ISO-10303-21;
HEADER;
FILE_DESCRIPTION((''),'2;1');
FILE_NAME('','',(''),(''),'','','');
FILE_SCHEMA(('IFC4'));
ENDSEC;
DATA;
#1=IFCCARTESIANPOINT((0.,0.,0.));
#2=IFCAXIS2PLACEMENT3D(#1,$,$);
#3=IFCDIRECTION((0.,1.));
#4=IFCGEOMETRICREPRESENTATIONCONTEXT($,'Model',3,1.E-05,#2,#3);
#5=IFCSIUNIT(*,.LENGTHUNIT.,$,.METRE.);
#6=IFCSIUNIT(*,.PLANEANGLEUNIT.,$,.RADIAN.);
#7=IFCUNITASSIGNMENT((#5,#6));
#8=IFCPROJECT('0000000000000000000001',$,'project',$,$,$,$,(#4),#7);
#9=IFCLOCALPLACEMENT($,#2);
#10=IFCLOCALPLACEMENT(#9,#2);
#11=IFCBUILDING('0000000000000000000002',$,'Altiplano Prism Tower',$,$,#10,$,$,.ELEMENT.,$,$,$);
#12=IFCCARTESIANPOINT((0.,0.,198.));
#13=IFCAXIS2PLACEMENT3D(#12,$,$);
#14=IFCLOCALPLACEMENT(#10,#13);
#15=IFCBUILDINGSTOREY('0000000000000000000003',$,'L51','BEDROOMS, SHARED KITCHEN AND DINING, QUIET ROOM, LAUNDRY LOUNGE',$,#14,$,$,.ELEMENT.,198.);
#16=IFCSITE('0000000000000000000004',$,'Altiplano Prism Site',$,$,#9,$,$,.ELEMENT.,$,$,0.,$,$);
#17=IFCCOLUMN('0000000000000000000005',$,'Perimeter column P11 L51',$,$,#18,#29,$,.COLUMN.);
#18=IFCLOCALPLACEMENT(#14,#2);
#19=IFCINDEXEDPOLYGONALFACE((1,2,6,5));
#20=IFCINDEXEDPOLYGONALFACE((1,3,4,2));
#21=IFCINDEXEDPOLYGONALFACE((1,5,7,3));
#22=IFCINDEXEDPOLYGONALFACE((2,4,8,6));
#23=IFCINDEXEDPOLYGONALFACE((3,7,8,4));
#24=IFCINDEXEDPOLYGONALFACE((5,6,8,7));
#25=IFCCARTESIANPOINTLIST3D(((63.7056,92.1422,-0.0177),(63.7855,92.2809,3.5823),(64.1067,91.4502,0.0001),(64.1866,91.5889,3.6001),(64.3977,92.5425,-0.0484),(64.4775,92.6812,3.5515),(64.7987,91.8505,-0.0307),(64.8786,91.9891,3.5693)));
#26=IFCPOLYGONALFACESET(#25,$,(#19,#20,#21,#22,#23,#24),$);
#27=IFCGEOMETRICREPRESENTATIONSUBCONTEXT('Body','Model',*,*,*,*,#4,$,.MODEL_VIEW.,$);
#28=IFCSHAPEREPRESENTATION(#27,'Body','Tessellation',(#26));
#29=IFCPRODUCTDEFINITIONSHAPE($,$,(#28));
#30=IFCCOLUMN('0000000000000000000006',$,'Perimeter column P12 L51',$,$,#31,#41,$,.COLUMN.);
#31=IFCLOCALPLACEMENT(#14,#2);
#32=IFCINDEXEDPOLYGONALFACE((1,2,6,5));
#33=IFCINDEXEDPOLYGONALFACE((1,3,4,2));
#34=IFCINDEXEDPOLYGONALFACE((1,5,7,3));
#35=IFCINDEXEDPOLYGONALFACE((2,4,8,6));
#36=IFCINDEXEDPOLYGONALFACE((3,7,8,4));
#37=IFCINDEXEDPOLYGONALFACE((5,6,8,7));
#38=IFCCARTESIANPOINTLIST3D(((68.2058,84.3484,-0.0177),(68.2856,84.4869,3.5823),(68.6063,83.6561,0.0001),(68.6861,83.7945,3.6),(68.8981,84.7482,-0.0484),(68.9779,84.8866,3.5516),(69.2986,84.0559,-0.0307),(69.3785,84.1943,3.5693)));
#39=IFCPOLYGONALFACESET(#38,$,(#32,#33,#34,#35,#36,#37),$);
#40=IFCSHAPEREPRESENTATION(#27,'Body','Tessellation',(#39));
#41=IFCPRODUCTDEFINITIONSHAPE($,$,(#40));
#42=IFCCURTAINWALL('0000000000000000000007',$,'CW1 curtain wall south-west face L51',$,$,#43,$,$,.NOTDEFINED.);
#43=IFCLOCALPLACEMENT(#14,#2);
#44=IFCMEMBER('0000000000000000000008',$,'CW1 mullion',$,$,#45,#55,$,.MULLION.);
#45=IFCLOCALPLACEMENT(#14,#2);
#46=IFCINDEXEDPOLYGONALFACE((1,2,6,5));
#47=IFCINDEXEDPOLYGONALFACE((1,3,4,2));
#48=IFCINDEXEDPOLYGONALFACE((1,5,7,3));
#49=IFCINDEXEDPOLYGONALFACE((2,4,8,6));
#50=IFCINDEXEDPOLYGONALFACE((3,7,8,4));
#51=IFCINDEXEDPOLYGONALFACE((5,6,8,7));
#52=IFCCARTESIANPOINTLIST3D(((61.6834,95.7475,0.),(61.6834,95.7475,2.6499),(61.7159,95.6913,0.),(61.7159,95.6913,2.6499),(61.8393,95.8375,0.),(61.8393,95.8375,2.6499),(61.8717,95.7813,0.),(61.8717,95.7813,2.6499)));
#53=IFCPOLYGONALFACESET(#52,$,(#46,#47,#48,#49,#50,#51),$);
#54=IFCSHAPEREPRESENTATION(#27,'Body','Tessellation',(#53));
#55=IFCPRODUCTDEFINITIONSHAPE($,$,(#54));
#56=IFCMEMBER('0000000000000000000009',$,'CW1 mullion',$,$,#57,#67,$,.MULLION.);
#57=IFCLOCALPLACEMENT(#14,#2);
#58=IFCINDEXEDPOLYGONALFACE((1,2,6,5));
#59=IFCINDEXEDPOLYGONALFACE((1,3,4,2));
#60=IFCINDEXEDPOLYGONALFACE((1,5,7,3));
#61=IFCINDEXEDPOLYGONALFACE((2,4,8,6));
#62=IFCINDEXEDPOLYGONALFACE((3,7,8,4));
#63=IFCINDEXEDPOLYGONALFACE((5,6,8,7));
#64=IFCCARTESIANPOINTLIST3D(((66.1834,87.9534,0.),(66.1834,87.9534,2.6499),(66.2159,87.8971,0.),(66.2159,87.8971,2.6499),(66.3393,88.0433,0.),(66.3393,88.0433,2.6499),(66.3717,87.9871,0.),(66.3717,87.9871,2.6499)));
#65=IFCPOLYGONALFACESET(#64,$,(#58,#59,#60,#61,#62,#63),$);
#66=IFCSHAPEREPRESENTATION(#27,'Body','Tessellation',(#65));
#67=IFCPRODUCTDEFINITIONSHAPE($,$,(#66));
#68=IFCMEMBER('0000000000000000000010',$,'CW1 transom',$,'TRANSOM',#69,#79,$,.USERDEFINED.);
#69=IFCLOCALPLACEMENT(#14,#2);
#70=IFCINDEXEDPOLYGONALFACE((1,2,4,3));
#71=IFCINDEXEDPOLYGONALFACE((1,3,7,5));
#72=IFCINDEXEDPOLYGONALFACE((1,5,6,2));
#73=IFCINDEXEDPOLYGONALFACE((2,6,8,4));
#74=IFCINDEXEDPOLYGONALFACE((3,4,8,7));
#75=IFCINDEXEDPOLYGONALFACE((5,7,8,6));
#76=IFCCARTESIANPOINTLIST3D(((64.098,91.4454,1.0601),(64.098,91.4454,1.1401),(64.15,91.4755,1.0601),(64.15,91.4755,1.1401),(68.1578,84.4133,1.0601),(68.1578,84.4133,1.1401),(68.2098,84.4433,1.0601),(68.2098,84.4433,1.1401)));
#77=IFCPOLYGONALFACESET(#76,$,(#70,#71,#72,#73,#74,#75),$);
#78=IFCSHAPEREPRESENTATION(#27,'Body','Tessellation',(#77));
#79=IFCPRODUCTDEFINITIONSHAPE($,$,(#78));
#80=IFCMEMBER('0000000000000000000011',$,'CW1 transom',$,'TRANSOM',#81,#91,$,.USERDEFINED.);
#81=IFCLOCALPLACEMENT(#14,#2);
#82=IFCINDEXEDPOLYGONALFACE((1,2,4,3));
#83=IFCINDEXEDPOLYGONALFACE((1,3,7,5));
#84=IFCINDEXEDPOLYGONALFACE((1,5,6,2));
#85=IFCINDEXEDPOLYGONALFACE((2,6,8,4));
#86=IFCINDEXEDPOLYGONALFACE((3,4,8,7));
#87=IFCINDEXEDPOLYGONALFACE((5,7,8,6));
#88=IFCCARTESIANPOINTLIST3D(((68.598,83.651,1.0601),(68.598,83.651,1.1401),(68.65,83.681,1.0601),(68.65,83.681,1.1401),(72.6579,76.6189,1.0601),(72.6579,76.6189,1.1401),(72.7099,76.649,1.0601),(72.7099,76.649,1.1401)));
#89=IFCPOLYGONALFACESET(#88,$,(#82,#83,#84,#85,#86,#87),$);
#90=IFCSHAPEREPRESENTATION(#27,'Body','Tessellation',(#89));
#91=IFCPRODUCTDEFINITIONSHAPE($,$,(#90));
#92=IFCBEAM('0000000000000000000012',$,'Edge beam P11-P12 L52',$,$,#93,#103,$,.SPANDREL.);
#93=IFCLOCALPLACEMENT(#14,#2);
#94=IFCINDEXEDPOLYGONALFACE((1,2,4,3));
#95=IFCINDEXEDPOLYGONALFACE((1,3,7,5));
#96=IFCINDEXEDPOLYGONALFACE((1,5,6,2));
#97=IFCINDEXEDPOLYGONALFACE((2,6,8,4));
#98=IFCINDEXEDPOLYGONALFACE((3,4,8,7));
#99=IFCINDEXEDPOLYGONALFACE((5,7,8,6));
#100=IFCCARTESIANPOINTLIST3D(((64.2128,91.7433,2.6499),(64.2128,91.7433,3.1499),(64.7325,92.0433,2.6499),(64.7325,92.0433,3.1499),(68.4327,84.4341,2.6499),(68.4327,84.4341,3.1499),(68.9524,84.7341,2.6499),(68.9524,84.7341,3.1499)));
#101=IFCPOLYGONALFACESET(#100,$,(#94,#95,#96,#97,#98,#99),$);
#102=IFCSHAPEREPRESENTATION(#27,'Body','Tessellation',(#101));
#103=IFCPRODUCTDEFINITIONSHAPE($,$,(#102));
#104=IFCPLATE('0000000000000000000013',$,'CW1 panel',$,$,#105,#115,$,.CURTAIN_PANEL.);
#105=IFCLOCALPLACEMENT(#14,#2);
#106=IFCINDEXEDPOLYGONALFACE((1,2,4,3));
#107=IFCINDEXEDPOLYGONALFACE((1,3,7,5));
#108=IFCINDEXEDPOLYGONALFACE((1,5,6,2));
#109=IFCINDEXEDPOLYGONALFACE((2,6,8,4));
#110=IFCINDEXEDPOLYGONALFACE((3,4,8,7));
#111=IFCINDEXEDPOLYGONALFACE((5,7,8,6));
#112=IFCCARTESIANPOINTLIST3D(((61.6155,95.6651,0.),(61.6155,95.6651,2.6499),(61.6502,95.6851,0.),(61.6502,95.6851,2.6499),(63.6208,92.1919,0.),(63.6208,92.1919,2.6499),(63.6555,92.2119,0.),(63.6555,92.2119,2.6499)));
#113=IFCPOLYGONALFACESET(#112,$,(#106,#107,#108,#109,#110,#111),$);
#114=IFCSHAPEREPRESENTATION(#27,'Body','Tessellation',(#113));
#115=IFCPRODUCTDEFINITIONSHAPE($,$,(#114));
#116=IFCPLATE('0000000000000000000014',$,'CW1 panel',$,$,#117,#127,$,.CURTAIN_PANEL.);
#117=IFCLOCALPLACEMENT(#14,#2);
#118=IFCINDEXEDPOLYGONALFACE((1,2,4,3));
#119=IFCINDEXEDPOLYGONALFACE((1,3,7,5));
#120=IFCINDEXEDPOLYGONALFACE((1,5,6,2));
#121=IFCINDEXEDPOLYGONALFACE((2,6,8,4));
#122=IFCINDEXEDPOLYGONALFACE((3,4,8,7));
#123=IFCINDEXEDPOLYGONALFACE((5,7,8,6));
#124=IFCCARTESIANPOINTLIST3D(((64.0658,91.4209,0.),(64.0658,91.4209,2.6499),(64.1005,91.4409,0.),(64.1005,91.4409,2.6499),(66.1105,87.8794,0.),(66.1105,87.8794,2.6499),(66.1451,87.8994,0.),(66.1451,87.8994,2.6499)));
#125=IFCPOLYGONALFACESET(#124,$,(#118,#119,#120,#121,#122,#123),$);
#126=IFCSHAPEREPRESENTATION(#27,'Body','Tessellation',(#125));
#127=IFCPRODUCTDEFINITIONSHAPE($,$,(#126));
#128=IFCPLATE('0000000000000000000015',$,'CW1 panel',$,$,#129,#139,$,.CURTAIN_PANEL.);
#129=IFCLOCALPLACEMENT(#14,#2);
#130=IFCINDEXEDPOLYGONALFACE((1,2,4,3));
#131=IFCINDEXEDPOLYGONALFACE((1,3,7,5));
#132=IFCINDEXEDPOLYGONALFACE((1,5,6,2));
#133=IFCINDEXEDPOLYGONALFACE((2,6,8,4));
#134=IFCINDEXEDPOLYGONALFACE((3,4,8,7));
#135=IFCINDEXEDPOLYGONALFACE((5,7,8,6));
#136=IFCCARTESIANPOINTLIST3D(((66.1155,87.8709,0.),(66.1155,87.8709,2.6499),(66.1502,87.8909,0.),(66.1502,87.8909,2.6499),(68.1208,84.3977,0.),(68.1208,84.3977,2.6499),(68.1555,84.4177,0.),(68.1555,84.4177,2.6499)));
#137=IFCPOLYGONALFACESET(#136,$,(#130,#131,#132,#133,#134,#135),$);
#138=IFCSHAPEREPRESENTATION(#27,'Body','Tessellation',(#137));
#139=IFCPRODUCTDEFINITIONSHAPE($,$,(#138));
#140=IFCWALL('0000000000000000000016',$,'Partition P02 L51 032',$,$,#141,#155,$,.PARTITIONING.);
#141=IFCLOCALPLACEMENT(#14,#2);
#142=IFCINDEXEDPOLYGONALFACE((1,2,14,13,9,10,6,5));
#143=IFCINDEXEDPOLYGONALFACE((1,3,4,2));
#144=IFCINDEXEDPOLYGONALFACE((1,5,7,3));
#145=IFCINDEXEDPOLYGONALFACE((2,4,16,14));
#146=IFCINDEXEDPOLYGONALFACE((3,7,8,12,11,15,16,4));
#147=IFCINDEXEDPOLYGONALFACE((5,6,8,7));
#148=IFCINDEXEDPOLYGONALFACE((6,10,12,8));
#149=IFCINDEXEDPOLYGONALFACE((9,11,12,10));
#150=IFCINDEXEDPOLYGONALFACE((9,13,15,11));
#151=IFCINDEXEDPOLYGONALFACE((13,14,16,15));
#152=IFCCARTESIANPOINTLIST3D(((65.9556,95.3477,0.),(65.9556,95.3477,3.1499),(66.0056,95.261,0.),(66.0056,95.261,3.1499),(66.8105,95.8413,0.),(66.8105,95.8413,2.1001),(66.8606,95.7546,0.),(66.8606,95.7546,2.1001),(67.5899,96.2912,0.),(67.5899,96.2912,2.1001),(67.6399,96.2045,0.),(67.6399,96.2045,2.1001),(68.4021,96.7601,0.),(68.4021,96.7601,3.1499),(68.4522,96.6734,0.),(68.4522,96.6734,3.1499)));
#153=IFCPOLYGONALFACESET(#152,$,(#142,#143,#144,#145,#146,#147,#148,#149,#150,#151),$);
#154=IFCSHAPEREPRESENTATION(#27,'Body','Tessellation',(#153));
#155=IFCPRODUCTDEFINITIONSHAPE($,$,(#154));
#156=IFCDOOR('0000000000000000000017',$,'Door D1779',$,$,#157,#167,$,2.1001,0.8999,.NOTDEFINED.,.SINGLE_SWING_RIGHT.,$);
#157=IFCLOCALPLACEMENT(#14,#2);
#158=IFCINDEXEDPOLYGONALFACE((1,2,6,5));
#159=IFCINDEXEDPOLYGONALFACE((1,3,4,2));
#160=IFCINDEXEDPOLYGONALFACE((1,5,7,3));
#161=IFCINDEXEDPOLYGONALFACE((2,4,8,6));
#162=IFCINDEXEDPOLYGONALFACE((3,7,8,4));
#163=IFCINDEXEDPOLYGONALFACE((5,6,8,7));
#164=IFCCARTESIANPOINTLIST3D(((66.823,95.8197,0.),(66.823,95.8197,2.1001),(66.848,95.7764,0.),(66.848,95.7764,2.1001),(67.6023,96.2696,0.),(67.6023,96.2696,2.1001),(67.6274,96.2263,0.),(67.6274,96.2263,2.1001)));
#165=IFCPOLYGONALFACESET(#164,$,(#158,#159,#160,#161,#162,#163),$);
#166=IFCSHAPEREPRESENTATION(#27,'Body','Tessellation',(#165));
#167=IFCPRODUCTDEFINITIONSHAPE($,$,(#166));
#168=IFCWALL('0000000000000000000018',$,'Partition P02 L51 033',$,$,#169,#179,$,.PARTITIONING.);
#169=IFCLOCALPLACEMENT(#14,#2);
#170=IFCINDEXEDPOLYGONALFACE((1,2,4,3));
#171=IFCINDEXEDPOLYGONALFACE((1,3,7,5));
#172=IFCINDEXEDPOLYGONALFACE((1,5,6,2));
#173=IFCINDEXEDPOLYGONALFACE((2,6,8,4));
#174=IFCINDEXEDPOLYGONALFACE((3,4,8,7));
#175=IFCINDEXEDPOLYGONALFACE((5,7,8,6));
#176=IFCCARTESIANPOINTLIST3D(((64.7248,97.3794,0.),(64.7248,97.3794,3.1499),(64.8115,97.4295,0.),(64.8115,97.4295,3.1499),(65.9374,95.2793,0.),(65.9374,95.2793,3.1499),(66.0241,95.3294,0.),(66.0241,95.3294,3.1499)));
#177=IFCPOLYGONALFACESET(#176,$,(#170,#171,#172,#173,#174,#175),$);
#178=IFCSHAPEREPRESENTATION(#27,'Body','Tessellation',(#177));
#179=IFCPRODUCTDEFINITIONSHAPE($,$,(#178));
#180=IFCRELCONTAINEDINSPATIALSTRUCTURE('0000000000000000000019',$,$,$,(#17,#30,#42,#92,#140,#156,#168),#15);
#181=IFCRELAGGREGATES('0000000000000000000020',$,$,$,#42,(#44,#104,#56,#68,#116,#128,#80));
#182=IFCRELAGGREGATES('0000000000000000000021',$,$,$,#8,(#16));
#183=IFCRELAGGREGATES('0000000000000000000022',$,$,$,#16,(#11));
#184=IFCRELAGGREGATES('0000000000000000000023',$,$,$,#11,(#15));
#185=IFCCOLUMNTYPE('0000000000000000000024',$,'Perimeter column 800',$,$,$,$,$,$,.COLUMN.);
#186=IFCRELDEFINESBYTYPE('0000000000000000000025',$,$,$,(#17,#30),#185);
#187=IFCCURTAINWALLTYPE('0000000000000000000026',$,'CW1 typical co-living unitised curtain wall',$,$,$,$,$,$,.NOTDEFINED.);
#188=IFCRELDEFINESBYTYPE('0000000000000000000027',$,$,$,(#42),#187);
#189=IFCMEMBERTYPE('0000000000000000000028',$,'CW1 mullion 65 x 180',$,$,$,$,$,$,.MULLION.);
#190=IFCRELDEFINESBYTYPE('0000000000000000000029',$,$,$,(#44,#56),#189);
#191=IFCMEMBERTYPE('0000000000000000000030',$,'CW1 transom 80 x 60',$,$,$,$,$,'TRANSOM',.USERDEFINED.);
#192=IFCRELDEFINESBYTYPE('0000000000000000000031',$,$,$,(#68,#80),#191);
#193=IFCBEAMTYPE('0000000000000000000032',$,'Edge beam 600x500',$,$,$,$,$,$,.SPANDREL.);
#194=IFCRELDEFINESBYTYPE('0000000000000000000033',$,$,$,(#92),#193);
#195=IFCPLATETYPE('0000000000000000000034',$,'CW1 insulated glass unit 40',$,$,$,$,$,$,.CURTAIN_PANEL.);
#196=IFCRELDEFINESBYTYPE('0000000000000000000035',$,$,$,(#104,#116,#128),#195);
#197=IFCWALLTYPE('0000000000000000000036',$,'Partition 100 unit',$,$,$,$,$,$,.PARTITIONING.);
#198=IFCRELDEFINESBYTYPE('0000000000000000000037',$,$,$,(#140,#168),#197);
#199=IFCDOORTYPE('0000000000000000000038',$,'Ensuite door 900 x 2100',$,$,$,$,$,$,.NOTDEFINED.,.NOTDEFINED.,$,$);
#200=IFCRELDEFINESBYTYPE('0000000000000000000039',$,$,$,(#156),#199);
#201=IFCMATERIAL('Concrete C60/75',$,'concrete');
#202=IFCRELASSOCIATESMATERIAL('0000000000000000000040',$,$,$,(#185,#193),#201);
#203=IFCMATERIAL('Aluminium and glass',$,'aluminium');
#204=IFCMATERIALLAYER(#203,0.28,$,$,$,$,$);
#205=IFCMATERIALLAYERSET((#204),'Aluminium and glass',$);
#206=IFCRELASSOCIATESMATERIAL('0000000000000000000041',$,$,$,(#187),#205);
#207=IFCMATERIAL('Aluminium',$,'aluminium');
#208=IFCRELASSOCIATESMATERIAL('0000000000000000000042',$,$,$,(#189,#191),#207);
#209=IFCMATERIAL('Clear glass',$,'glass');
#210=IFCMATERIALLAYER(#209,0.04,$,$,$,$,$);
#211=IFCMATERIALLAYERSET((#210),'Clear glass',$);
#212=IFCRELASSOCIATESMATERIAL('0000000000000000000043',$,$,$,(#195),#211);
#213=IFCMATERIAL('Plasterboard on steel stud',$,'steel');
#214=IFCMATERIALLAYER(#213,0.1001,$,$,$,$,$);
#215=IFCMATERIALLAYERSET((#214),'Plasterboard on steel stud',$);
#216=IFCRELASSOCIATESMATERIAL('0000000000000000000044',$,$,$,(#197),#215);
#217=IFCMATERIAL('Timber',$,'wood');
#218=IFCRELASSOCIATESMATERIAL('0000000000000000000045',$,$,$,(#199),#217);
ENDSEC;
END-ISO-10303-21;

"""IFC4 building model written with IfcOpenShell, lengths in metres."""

from ifc_helpers import new_model, si_unit, direction, frame, frame_2d, origin, origin_2d, place, context, subcontext, project, spatial, rectangle, extrude, material, layer, layer_set, material_profile, profile_set, type_object, element, fill, aggregate, save


model = new_model("IFC4")

# Units and contexts
model_context = context("Model", 3, precision=1e-05, world=origin(), true_north=direction((0.0, 1.0)))
body_context = subcontext(model_context, "Body", "Model", "MODEL_VIEW")
ifc_project = project(units=[si_unit("LENGTHUNIT", "METRE"), si_unit("PLANEANGLEUNIT", "RADIAN")], contexts=[model_context])

# Site, building, storey
site_placement = place(None, origin())
site = spatial("IfcSite", under=ifc_project, at=site_placement, Name="Altiplano Prism Site", CompositionType="ELEMENT", RefElevation=0.0)
building_placement = place(site_placement, origin())
building = spatial("IfcBuilding", under=site, at=building_placement, Name="Altiplano Prism Tower", CompositionType="ELEMENT")
storey_placement = place(building_placement, frame((0.0, 0.0, 198.0)))
storey = spatial("IfcBuildingStorey", under=building, at=storey_placement, Name="L51", Description="BEDROOMS, SHARED KITCHEN AND DINING, QUIET ROOM, LAUNDRY LOUNGE", CompositionType="ELEMENT", Elevation=198.0)

# Columns
ifc_material_1 = material(Name="Concrete C60/75", Category="concrete")
ifc_material_profile_1 = material_profile(ifc_material_1, rectangle(XDim=0.8, YDim=0.8, at=origin_2d()), Name="Perimeter column 800")
ifc_profile_set_1 = profile_set([ifc_material_profile_1], Name="Concrete C60/75")
column_type = type_object("IfcColumnType", Name="Perimeter column 800", PredefinedType="COLUMN", material=ifc_profile_set_1)
for number, where, z_axis, x_axis, name in (
    (1, (64.2522, 91.9963, -0.0242), (0.022155, 0.038484, 0.999014), (-0.864982, -0.500327, 0.038456), "Perimeter column P11 L51"),
    (2, (68.7522, 84.2021, -0.0242), (0.022155, 0.038416, 0.999016), (-0.865365, -0.499669, 0.038405), "Perimeter column P12 L51"),
):
    element("IfcColumn", number, at=place(storey_placement, frame(where, z_axis=z_axis, x_axis=x_axis)), inside=storey, type_object=column_type, Name=name, PredefinedType="COLUMN", context=body_context, shape_type="SweptSolid", body=[
        extrude(rectangle(XDim=0.8, YDim=0.8, at=origin_2d()), origin(), (0.0, 0.0, 1.0), 3.6035),
    ])

# Curtain wall, members
ifc_material_2 = material(Name="Aluminium and glass", Category="aluminium")
ifc_layer_1 = layer(ifc_material_2, 0.28)
ifc_layer_set_1 = layer_set([ifc_layer_1], Name="Aluminium and glass")
curtain_wall_type = type_object("IfcCurtainWallType", Name="CW1 typical co-living unitised curtain wall", PredefinedType="NOTDEFINED", material=ifc_layer_set_1)
curtain_wall_placement = place(storey_placement, origin())
curtain_wall = element("IfcCurtainWall", 3, at=curtain_wall_placement, inside=storey, type_object=curtain_wall_type, Name="CW1 curtain wall south-west face L51", PredefinedType="NOTDEFINED")
ifc_material_3 = material(Name="Aluminium", Category="aluminium")
ifc_material_profile_2 = material_profile(ifc_material_3, rectangle(XDim=0.1799, YDim=0.0649, at=origin_2d()), Name="CW1 mullion 65 x 180")
ifc_profile_set_2 = profile_set([ifc_material_profile_2], Name="Aluminium")
member_type_1 = type_object("IfcMemberType", Name="CW1 mullion 65 x 180", PredefinedType="MULLION", material=ifc_profile_set_2)
member_1_placement = place(storey_placement, frame((61.7776, 95.7644, 0.0), z_axis=(0.0, 0.0, 1.0), x_axis=(0.866025, 0.5, 0.0)))
member_1 = element("IfcMember", 4, at=member_1_placement, type_object=member_type_1, Name="CW1 mullion", PredefinedType="MULLION", context=body_context, shape_type="SweptSolid", body=[
    extrude(rectangle(XDim=0.1799, YDim=0.0649, at=origin_2d()), origin(), (0.0, 0.0, 1.0), 2.6499),
])
member_2_placement = place(storey_placement, frame((66.2776, 87.9702, 0.0), z_axis=(0.0, 0.0, 1.0), x_axis=(0.866025, 0.5, 0.0)))
member_2 = element("IfcMember", 5, at=member_2_placement, type_object=member_type_1, Name="CW1 mullion", PredefinedType="MULLION", context=body_context, shape_type="SweptSolid", body=[
    extrude(rectangle(XDim=0.1799, YDim=0.0649, at=origin_2d()), origin(), (0.0, 0.0, 1.0), 2.6499),
])
ifc_material_profile_3 = material_profile(ifc_material_3, rectangle(XDim=0.0601, YDim=0.0801, at=origin_2d()), Name="CW1 transom 80 x 60")
ifc_profile_set_3 = profile_set([ifc_material_profile_3], Name="Aluminium")
member_type_2 = type_object("IfcMemberType", Name="CW1 transom 80 x 60", ElementType="TRANSOM", PredefinedType="USERDEFINED", material=ifc_profile_set_3)
member_3_placement = place(storey_placement, frame((64.124, 91.4604, 1.1001), z_axis=(0.499978, -0.866038, 0.0), x_axis=(0.866038, 0.499978, 0.0)))
member_3 = element("IfcMember", 6, at=member_3_placement, type_object=member_type_2, Name="CW1 transom", ObjectType="TRANSOM", PredefinedType="USERDEFINED", context=body_context, shape_type="SweptSolid", body=[
    extrude(rectangle(XDim=0.0601, YDim=0.0801, at=origin_2d()), origin(), (0.0, 0.0, 1.0), 8.1199),
])
member_4_placement = place(storey_placement, frame((68.624, 83.666, 1.1001), z_axis=(0.499991, -0.866031, 0.0), x_axis=(0.866031, 0.499991, 0.0)))
member_4 = element("IfcMember", 7, at=member_4_placement, type_object=member_type_2, Name="CW1 transom", ObjectType="TRANSOM", PredefinedType="USERDEFINED", context=body_context, shape_type="SweptSolid", body=[
    extrude(rectangle(XDim=0.0601, YDim=0.0801, at=origin_2d()), origin(), (0.0, 0.0, 1.0), 8.1199),
])

# Beam
ifc_material_profile_4 = material_profile(ifc_material_1, rectangle(XDim=0.6001, YDim=0.5, at=origin_2d()), Name="Edge beam 600x500")
ifc_profile_set_4 = profile_set([ifc_material_profile_4], Name="Concrete C60/75")
beam_type = type_object("IfcBeamType", Name="Edge beam 600x500", PredefinedType="SPANDREL", material=ifc_profile_set_4)
beam_placement = place(storey_placement, frame((64.4727, 91.8933, 2.8999), z_axis=(0.499994, -0.866029, 0.0), x_axis=(0.866029, 0.499994, 0.0)))
element("IfcBeam", 8, at=beam_placement, inside=storey, type_object=beam_type, Name="Edge beam P11-P12 L52", PredefinedType="SPANDREL", context=body_context, shape_type="SweptSolid", body=[
    extrude(rectangle(XDim=0.6001, YDim=0.5, at=origin_2d()), origin(), (0.0, 0.0, 1.0), 8.4399),
])

# Plates
ifc_material_4 = material(Name="Clear glass", Category="glass")
ifc_layer_2 = layer(ifc_material_4, 0.04)
ifc_layer_set_2 = layer_set([ifc_layer_2], Name="Clear glass")
plate_type = type_object("IfcPlateType", Name="CW1 insulated glass unit 40", PredefinedType="CURTAIN_PANEL", material=ifc_layer_set_2)
plate_1_placement = place(storey_placement, frame((62.6355, 93.9385, 0.0), z_axis=(0.0, 0.0, 1.0), x_axis=(0.5, -0.866025, 0.0)))
plate_1 = element("IfcPlate", 9, at=plate_1_placement, type_object=plate_type, Name="CW1 panel", PredefinedType="CURTAIN_PANEL", context=body_context, shape_type="SweptSolid", body=[
    extrude(rectangle(XDim=4.0105, YDim=0.04, at=origin_2d()), origin(), (0.0, 0.0, 1.0), 2.6499),
])
plate_2_placement = place(storey_placement, frame((65.1055, 89.6602, 0.0), z_axis=(0.0, 0.0, 1.0), x_axis=(0.5, -0.866025, 0.0)))
plate_2 = element("IfcPlate", 10, at=plate_2_placement, type_object=plate_type, Name="CW1 panel", PredefinedType="CURTAIN_PANEL", context=body_context, shape_type="SweptSolid", body=[
    extrude(rectangle(XDim=4.0894, YDim=0.04, at=origin_2d()), origin(), (0.0, 0.0, 1.0), 2.6499),
])
plate_3_placement = place(storey_placement, frame((67.1355, 86.1443, 0.0), z_axis=(0.0, 0.0, 1.0), x_axis=(0.5, -0.866025, 0.0)))
plate_3 = element("IfcPlate", 11, at=plate_3_placement, type_object=plate_type, Name="CW1 panel", PredefinedType="CURTAIN_PANEL", context=body_context, shape_type="SweptSolid", body=[
    extrude(rectangle(XDim=4.0105, YDim=0.04, at=origin_2d()), origin(), (0.0, 0.0, 1.0), 2.6499),
])
aggregate(curtain_wall, [member_1, plate_1, member_2, member_3, plate_2, plate_3, member_4])

# Wall, opening, door
ifc_material_5 = material(Name="Plasterboard on steel stud", Category="steel")
ifc_layer_3 = layer(ifc_material_5, 0.1001)
ifc_layer_set_3 = layer_set([ifc_layer_3], Name="Plasterboard on steel stud")
wall_type_1 = type_object("IfcWallType", Name="Partition 100 unit", PredefinedType="PARTITIONING", material=ifc_layer_set_3)
wall_1_placement = place(storey_placement, frame((68.4272, 96.7168, 0.0), z_axis=(0.0, 0.0, 1.0), x_axis=(-0.866049, -0.499959, 0.0)))
wall_1 = element("IfcWall", 12, at=wall_1_placement, inside=storey, type_object=wall_type_1, Name="Partition P02 L51 032", PredefinedType="PARTITIONING", context=body_context, shape_type="SweptSolid", body=[
    extrude(rectangle(XDim=2.825, YDim=0.1001, at=frame_2d((1.4126, 0.0))), origin(), (0.0, 0.0, 1.0), 3.1499),
])
opening_1_placement = place(wall_1_placement, frame((0.938, 0.0, 0.0)))
opening_1 = element("IfcOpeningElement", 13, at=opening_1_placement, cuts=wall_1, PredefinedType="OPENING", context=body_context, shape_type="SweptSolid", body=[
    extrude(rectangle(XDim=0.8999, YDim=2.1001, at=frame_2d((0.45, 1.05))), frame((0.0, 0.0605, 0.0), z_axis=(0.0, -1.0, 0.0), x_axis=(1.0, 0.0, 0.0)), (0.0, 0.0, 1.0), 0.1211),
])
ifc_material_6 = material(Name="Timber", Category="wood")
door_type = type_object("IfcDoorType", Name="Ensuite door 900 x 2100", OperationType="NOTDEFINED", PredefinedType="NOTDEFINED", material=ifc_material_6)
door_1_placement = place(opening_1_placement, origin())
door_1 = element("IfcDoor", 14, at=door_1_placement, inside=storey, type_object=door_type, Name="Door D1779", OperationType="SINGLE_SWING_RIGHT", OverallHeight=2.1001, OverallWidth=0.8999, PredefinedType="NOTDEFINED", context=body_context, shape_type="SweptSolid", body=[
    extrude(rectangle(XDim=0.8999, YDim=2.1001, at=frame_2d((0.45, 1.05))), frame((0.0, 0.0249, 0.0), z_axis=(0.0, -1.0, 0.0), x_axis=(1.0, 0.0, 0.0)), (0.0, 0.0, 1.0), 0.05),
])
fill(opening_1, door_1)

# Wall
wall_2_placement = place(storey_placement, frame((65.9807, 95.3044, 0.0), z_axis=(0.0, 0.0, 1.0), x_axis=(-0.500048, 0.865998, 0.0)))
element("IfcWall", 15, at=wall_2_placement, inside=storey, type_object=wall_type_1, Name="Partition P02 L51 033", PredefinedType="PARTITIONING", context=body_context, shape_type="SweptSolid", body=[
    extrude(rectangle(XDim=2.425, YDim=0.1001, at=frame_2d((1.2124, 0.0))), origin(), (0.0, 0.0, 1.0), 3.1499),
])

save(model, "model.ifc")
